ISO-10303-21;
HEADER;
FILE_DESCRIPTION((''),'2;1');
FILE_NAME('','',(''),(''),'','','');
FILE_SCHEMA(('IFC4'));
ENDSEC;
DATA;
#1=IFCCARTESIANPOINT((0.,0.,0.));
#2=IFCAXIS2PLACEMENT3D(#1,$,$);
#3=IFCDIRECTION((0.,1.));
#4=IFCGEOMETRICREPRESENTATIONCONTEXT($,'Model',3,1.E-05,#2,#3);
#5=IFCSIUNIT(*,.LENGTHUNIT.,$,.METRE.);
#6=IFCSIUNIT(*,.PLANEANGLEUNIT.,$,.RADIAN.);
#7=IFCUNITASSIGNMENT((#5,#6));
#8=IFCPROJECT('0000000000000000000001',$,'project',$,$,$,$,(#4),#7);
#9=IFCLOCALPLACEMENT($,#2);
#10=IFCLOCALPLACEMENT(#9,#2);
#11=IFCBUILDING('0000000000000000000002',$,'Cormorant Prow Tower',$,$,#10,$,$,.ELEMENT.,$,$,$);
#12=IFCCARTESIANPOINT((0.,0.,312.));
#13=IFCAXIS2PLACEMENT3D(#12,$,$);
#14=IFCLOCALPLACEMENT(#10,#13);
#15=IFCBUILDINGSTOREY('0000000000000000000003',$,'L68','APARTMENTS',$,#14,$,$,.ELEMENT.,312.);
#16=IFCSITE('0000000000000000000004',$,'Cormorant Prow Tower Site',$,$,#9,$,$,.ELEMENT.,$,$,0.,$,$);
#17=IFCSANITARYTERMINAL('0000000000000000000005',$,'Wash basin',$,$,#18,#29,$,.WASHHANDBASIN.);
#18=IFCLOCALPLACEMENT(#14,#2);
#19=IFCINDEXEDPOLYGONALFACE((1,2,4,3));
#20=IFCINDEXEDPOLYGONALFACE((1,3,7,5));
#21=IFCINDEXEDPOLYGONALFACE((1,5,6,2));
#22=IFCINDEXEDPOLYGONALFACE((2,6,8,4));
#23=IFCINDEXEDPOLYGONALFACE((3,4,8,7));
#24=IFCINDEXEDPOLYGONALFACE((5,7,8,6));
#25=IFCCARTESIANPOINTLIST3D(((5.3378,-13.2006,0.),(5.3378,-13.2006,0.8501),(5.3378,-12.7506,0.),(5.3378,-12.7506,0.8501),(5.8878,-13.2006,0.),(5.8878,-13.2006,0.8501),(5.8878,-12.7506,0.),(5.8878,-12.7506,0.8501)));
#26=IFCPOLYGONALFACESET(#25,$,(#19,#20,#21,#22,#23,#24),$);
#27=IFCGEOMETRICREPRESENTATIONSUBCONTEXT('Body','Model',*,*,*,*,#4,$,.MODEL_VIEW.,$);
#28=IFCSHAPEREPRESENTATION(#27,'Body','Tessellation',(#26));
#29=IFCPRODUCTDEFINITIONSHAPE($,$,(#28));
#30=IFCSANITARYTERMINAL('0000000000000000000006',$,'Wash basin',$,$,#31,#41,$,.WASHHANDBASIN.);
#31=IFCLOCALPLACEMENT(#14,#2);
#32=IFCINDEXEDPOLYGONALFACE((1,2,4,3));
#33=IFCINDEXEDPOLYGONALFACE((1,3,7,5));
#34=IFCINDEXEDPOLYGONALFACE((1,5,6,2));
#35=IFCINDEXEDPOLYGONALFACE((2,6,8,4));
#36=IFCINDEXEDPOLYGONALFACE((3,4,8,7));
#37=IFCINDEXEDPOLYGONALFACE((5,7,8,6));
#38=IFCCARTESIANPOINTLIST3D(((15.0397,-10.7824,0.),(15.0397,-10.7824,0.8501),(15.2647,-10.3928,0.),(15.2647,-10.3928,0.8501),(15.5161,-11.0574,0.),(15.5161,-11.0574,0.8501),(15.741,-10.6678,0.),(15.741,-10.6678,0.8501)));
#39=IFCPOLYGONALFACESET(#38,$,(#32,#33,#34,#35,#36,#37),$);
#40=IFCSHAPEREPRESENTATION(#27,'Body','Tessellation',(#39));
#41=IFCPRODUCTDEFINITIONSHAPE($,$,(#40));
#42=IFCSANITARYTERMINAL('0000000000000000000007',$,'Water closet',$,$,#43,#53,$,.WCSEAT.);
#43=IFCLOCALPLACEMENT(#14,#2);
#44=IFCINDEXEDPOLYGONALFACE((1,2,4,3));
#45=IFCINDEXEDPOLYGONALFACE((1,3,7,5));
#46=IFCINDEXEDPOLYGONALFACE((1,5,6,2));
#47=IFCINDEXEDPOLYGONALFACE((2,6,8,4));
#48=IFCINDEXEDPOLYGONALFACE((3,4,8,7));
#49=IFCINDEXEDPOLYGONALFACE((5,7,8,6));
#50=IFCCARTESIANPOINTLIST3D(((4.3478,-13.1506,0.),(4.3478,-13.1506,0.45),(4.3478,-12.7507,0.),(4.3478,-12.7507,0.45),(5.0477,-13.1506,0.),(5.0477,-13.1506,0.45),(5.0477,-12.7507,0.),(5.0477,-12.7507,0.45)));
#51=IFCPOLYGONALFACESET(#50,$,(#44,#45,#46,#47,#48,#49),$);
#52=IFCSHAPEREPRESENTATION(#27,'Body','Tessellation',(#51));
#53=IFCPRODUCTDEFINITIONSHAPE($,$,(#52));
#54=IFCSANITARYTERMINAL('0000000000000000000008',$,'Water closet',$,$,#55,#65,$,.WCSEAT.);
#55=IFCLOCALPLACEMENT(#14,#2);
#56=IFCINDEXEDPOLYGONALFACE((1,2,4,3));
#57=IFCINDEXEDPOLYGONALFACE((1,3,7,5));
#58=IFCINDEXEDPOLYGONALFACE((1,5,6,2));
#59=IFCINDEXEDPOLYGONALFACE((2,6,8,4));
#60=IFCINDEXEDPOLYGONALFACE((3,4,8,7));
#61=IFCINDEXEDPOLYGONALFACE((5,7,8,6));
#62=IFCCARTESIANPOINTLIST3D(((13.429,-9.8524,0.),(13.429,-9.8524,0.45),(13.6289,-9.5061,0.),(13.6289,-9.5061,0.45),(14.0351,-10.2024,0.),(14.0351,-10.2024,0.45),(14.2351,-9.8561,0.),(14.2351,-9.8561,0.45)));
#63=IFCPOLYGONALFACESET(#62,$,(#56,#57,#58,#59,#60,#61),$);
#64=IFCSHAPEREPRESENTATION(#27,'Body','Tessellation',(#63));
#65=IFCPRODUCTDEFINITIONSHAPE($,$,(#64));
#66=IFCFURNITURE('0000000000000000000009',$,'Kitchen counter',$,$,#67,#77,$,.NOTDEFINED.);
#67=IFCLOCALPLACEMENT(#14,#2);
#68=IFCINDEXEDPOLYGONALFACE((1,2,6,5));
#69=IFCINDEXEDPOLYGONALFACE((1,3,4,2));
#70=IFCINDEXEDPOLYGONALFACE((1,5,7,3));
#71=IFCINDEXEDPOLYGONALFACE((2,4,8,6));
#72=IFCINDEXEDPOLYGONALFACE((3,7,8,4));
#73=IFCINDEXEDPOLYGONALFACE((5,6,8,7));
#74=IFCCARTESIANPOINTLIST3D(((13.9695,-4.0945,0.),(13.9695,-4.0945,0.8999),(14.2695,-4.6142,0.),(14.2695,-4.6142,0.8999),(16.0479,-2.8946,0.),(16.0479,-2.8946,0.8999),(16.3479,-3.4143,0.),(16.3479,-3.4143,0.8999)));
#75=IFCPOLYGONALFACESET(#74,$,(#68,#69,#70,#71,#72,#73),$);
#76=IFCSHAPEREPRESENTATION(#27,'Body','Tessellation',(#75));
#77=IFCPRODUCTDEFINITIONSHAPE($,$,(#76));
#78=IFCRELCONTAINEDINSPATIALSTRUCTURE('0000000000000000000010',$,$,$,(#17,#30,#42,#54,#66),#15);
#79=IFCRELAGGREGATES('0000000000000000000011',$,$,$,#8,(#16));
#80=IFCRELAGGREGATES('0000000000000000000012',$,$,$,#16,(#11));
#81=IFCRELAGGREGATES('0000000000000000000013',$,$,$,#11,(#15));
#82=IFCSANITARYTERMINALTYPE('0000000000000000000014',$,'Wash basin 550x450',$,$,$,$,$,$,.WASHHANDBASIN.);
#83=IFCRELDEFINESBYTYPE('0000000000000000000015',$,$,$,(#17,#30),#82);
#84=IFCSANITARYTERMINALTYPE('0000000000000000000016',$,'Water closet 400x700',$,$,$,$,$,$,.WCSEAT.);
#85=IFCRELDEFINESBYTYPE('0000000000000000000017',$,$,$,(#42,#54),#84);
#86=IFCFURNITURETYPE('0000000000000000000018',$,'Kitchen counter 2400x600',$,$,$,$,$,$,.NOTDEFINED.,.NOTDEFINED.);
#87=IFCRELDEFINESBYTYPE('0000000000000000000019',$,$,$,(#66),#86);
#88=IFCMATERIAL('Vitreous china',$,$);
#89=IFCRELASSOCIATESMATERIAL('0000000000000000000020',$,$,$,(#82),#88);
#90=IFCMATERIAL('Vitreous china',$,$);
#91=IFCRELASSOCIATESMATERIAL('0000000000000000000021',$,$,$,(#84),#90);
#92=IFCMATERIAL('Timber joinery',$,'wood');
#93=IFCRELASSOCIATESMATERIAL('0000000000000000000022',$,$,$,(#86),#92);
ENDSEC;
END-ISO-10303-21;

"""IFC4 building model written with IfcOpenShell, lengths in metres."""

from ifc_helpers import new_model, si_unit, direction, frame, origin, origin_2d, place, context, subcontext, project, spatial, rectangle, extrude, material, type_object, element, save


model = new_model("IFC4")

# Units and contexts
model_context = context("Model", 3, precision=1e-05, world=origin(), true_north=direction((0.0, 1.0)))
body_context = subcontext(model_context, "Body", "Model", "MODEL_VIEW")
ifc_project = project(units=[si_unit("LENGTHUNIT", "METRE"), si_unit("PLANEANGLEUNIT", "RADIAN")], contexts=[model_context])

# Site, building, storey
site_placement = place(None, origin())
site = spatial("IfcSite", under=ifc_project, at=site_placement, Name="Cormorant Prow Tower Site", CompositionType="ELEMENT", RefElevation=0.0)
building_placement = place(site_placement, origin())
building = spatial("IfcBuilding", under=site, at=building_placement, Name="Cormorant Prow Tower", CompositionType="ELEMENT")
storey_placement = place(building_placement, frame((0.0, 0.0, 312.0)))
storey = spatial("IfcBuildingStorey", under=building, at=storey_placement, Name="L68", Description="APARTMENTS", CompositionType="ELEMENT", Elevation=312.0)

# Sanitary terminals
ifc_material_1 = material(Name="Vitreous china")
sanitary_terminal_type_1 = type_object("IfcSanitaryTerminalType", Name="Wash basin 550x450", PredefinedType="WASHHANDBASIN", material=ifc_material_1)
for number, where, z_axis, x_axis, name in (
    (1, (5.6128, -12.9756, 0.0), (0.0, 0.0, 1.0), (1.0, 0.0, 0.0), "Wash basin"),
    (2, (15.3904, -10.7251, 0.0), (0.0, 0.0, 1.0), (-0.866025, 0.5, 0.0), "Wash basin"),
):
    element("IfcSanitaryTerminal", number, at=place(storey_placement, frame(where, z_axis=z_axis, x_axis=x_axis)), inside=storey, type_object=sanitary_terminal_type_1, Name=name, PredefinedType="WASHHANDBASIN", context=body_context, shape_type="SweptSolid", body=[
        extrude(rectangle(XDim=0.55, YDim=0.45, at=origin_2d()), origin(), (0.0, 0.0, 1.0), 0.8501),
    ])
ifc_material_2 = material(Name="Vitreous china")
sanitary_terminal_type_2 = type_object("IfcSanitaryTerminalType", Name="Water closet 400x700", PredefinedType="WCSEAT", material=ifc_material_2)
for number, where, z_axis, x_axis, name in (
    (3, (4.6978, -12.9507, 0.0), (0.0, 0.0, 1.0), (0.0, -1.0, 0.0), "Water closet"),
    (4, (13.832, -9.8542, 0.0), (0.0, 0.0, 1.0), (0.5, 0.866025, 0.0), "Water closet"),
):
    element("IfcSanitaryTerminal", number, at=place(storey_placement, frame(where, z_axis=z_axis, x_axis=x_axis)), inside=storey, type_object=sanitary_terminal_type_2, Name=name, PredefinedType="WCSEAT", context=body_context, shape_type="SweptSolid", body=[
        extrude(rectangle(XDim=0.3999, YDim=0.7, at=origin_2d()), origin(), (0.0, 0.0, 1.0), 0.45),
    ])

# Furniture
ifc_material_3 = material(Name="Timber joinery", Category="wood")
furniture_type = type_object("IfcFurnitureType", Name="Kitchen counter 2400x600", AssemblyPlace="NOTDEFINED", PredefinedType="NOTDEFINED", material=ifc_material_3)
furniture_placement = place(storey_placement, frame((15.1587, -3.7544, 0.0), z_axis=(0.0, 0.0, 1.0), x_axis=(0.866025, 0.5, 0.0)))
element("IfcFurniture", 5, at=furniture_placement, inside=storey, type_object=furniture_type, Name="Kitchen counter", PredefinedType="NOTDEFINED", context=body_context, shape_type="SweptSolid", body=[
    extrude(rectangle(XDim=2.3999, YDim=0.6001, at=origin_2d()), origin(), (0.0, 0.0, 1.0), 0.8999),
])

save(model, "model.ifc")
